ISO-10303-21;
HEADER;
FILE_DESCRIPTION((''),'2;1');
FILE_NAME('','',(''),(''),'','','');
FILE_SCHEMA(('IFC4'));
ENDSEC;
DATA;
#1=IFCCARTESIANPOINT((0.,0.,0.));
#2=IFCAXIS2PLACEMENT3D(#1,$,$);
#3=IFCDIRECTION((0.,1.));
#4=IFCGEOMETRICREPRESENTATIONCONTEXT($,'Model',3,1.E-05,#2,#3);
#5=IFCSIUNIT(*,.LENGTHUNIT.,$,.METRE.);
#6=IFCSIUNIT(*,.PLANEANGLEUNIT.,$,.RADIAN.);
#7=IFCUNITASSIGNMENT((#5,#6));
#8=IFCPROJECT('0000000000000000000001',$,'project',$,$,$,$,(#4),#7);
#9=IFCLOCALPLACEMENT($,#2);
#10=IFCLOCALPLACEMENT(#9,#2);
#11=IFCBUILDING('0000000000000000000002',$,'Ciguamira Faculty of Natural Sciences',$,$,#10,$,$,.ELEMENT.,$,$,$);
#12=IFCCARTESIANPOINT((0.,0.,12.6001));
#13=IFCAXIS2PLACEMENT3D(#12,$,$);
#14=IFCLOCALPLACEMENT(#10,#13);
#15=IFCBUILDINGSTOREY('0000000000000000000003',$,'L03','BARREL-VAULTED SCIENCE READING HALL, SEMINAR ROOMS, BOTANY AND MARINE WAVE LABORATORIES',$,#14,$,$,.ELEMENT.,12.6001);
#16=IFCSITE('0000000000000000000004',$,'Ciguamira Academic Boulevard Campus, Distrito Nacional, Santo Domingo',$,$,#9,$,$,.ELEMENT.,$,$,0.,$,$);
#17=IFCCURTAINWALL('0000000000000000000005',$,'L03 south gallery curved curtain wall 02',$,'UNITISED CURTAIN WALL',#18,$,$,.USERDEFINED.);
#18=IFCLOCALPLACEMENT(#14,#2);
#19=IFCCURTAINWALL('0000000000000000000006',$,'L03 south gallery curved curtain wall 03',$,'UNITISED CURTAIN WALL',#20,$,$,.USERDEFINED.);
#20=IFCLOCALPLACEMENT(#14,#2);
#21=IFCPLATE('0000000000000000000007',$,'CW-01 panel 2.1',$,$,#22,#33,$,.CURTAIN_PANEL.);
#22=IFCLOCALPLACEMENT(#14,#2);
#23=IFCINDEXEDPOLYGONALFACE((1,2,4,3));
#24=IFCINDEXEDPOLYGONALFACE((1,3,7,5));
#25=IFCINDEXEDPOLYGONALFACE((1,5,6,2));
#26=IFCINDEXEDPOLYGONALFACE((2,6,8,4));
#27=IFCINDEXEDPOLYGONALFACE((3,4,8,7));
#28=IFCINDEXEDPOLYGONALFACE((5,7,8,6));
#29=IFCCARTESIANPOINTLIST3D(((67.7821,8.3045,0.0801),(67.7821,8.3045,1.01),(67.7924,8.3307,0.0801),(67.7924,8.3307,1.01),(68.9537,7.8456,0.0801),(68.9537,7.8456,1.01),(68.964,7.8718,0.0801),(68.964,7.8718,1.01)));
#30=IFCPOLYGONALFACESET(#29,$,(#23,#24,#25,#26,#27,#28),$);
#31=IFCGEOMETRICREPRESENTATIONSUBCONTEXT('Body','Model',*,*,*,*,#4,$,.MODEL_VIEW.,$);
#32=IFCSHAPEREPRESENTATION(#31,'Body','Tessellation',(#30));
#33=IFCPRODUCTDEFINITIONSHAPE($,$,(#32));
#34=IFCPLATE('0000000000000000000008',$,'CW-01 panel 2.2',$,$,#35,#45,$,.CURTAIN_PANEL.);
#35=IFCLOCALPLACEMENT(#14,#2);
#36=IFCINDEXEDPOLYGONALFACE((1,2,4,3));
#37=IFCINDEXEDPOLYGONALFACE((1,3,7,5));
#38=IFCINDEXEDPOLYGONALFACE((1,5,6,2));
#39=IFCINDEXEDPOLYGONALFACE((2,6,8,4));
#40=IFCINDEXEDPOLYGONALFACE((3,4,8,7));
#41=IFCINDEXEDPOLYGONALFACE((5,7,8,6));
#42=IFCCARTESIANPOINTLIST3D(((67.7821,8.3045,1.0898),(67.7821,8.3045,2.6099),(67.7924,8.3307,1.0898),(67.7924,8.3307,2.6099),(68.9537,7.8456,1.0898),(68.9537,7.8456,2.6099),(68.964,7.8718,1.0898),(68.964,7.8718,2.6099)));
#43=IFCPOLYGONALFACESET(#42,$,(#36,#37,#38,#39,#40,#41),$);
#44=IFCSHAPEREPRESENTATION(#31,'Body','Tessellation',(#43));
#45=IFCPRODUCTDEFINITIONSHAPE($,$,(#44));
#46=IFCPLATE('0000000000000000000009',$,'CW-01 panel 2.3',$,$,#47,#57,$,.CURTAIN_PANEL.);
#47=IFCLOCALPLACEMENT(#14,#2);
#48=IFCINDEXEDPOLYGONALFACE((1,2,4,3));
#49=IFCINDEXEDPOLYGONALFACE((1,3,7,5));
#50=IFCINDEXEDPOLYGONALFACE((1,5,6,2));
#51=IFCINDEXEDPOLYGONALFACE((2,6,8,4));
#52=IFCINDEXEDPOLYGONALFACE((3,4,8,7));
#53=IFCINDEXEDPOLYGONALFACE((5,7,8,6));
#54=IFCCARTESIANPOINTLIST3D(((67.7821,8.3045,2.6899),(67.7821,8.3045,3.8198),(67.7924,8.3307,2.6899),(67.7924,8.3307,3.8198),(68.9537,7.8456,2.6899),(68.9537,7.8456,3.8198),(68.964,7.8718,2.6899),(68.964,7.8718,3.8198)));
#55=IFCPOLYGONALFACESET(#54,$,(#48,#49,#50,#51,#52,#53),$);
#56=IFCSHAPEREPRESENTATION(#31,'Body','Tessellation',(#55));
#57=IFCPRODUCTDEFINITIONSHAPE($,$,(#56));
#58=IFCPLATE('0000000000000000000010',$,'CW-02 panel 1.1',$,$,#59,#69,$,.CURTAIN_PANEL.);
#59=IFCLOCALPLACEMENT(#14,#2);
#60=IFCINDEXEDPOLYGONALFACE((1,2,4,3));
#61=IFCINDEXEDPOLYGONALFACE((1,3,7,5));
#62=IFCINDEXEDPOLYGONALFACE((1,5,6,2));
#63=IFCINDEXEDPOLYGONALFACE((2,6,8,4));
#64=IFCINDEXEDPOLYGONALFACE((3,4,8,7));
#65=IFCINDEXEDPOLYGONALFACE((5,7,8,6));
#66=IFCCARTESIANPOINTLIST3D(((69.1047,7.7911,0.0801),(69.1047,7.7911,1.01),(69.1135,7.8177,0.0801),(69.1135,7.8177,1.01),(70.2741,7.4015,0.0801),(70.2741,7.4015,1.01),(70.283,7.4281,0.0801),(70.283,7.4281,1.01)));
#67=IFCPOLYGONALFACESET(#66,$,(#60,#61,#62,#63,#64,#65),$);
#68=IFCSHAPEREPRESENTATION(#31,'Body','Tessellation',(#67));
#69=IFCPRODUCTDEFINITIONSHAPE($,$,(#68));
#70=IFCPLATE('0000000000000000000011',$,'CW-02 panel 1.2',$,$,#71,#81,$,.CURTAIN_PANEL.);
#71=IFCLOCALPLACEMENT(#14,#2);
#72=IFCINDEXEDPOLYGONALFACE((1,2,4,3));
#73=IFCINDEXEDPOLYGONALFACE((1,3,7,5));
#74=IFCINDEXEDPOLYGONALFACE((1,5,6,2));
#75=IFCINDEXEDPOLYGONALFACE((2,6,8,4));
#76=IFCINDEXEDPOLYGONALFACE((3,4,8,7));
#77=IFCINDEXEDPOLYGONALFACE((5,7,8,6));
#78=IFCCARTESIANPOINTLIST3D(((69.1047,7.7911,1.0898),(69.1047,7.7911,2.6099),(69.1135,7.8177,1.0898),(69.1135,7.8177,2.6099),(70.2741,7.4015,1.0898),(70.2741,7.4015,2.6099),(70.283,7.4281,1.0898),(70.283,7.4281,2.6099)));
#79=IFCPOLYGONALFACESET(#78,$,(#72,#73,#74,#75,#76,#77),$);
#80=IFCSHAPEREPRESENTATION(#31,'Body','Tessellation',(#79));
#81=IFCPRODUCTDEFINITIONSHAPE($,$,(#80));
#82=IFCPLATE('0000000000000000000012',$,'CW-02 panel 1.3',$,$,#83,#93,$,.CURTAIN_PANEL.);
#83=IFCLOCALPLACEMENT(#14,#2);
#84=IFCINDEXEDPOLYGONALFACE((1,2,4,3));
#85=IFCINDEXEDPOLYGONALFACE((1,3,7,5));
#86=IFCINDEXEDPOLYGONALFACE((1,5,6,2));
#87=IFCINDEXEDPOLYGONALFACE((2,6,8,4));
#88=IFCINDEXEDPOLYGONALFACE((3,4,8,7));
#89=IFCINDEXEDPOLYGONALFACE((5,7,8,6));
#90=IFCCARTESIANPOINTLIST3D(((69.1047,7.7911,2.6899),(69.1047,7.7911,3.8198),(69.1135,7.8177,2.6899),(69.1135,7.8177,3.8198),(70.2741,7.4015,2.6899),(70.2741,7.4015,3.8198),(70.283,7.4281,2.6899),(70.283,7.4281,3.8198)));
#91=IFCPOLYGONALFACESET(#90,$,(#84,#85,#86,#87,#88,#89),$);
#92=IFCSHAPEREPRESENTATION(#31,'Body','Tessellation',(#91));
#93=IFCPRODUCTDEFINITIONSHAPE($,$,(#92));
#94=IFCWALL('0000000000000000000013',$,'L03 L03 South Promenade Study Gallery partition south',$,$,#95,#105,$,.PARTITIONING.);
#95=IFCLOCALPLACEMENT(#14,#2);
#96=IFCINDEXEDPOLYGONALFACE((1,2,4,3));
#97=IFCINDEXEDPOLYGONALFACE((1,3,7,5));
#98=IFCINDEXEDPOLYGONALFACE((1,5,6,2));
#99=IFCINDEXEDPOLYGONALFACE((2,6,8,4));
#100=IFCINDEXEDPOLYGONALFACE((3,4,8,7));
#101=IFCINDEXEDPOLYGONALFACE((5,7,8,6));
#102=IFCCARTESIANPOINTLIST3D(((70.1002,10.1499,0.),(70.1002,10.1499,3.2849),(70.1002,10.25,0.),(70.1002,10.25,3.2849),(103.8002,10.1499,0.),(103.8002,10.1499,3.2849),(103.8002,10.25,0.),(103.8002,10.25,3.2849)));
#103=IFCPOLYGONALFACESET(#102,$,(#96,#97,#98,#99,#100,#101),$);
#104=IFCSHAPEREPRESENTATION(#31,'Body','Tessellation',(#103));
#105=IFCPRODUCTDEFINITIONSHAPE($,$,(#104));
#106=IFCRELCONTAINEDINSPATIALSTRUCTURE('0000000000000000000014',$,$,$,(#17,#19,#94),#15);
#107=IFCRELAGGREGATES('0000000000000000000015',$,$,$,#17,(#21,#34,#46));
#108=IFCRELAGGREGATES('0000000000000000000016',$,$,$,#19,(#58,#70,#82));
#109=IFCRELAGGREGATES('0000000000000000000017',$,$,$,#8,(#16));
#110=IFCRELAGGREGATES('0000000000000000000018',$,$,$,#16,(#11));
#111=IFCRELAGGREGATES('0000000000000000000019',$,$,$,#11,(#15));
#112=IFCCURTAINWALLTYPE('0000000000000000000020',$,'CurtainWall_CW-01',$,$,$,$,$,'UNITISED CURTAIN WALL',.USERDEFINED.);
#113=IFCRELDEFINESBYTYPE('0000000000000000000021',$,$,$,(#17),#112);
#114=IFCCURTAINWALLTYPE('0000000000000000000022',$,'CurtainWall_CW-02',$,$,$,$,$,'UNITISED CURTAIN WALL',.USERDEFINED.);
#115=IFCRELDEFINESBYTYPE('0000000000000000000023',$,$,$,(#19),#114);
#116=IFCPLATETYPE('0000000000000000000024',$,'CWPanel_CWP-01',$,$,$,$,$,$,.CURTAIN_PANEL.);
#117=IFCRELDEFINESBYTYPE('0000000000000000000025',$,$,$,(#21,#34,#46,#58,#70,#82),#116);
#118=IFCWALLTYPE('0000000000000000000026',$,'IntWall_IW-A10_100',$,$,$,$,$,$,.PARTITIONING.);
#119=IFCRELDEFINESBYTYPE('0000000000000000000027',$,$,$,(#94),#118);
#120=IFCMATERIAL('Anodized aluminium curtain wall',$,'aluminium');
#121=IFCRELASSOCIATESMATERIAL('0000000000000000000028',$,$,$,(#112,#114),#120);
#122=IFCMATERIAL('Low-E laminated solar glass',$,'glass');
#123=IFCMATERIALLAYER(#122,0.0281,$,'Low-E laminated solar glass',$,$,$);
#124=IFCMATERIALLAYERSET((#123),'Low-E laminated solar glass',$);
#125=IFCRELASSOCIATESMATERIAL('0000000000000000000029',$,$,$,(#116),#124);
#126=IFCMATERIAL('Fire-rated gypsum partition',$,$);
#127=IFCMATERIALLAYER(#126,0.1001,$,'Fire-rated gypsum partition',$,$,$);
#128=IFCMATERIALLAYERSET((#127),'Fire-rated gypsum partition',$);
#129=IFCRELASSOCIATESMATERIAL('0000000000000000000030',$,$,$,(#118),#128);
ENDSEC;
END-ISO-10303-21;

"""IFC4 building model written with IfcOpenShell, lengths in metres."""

from ifc_helpers import new_model, si_unit, direction, frame, frame_2d, origin, origin_2d, place, context, subcontext, project, spatial, rectangle, extrude, material, layer, layer_set, type_object, element, aggregate, save


model = new_model("IFC4")

# Units and contexts
model_context = context("Model", 3, precision=1e-05, world=origin(), true_north=direction((0.0, 1.0)))
body_context = subcontext(model_context, "Body", "Model", "MODEL_VIEW")
ifc_project = project(units=[si_unit("LENGTHUNIT", "METRE"), si_unit("PLANEANGLEUNIT", "RADIAN")], contexts=[model_context])

# Site, building, storey
site_placement = place(None, origin())
site = spatial("IfcSite", under=ifc_project, at=site_placement, Name="Ciguamira Academic Boulevard Campus, Distrito Nacional, Santo Domingo", CompositionType="ELEMENT", RefElevation=0.0)
building_placement = place(site_placement, origin())
building = spatial("IfcBuilding", under=site, at=building_placement, Name="Ciguamira Faculty of Natural Sciences", CompositionType="ELEMENT")
storey_placement = place(building_placement, frame((0.0, 0.0, 12.6001)))
storey = spatial("IfcBuildingStorey", under=building, at=storey_placement, Name="L03", Description="BARREL-VAULTED SCIENCE READING HALL, SEMINAR ROOMS, BOTANY AND MARINE WAVE LABORATORIES", CompositionType="ELEMENT", Elevation=12.6001)

# Curtain wall
ifc_material_1 = material(Name="Anodized aluminium curtain wall", Category="aluminium")
curtain_wall_type_1 = type_object("IfcCurtainWallType", Name="CurtainWall_CW-01", ElementType="UNITISED CURTAIN WALL", PredefinedType="USERDEFINED", material=ifc_material_1)
curtain_wall_1_placement = place(storey_placement, origin())
curtain_wall_1 = element("IfcCurtainWall", 1, at=curtain_wall_1_placement, inside=storey, type_object=curtain_wall_type_1, Name="L03 south gallery curved curtain wall 02", ObjectType="UNITISED CURTAIN WALL", PredefinedType="USERDEFINED")

# Curtain wall
curtain_wall_type_2 = type_object("IfcCurtainWallType", Name="CurtainWall_CW-02", ElementType="UNITISED CURTAIN WALL", PredefinedType="USERDEFINED", material=ifc_material_1)
curtain_wall_2_placement = place(storey_placement, origin())
curtain_wall_2 = element("IfcCurtainWall", 2, at=curtain_wall_2_placement, inside=storey, type_object=curtain_wall_type_2, Name="L03 south gallery curved curtain wall 03", ObjectType="UNITISED CURTAIN WALL", PredefinedType="USERDEFINED")

# Plates
ifc_material_2 = material(Name="Low-E laminated solar glass", Category="glass")
ifc_layer_1 = layer(ifc_material_2, 0.0281, Name="Low-E laminated solar glass")
ifc_layer_set_1 = layer_set([ifc_layer_1], Name="Low-E laminated solar glass")
plate_type = type_object("IfcPlateType", Name="CWPanel_CWP-01", PredefinedType="CURTAIN_PANEL", material=ifc_layer_set_1)
plate_1_placement = place(storey_placement, frame((68.373, 8.0881, 0.0801), z_axis=(0.0, 0.0, 1.0), x_axis=(0.931122, -0.364707, 0.0)))
plate_1 = element("IfcPlate", 3, at=plate_1_placement, type_object=plate_type, Name="CW-01 panel 2.1", PredefinedType="CURTAIN_PANEL", context=body_context, shape_type="SweptSolid", body=[
    extrude(rectangle(XDim=1.2583, YDim=0.0281, at=origin_2d()), origin(), (0.0, 0.0, 1.0), 0.9299),
])
plate_2_placement = place(storey_placement, frame((68.373, 8.0881, 1.0898), z_axis=(0.0, 0.0, 1.0), x_axis=(0.931122, -0.364707, 0.0)))
plate_2 = element("IfcPlate", 4, at=plate_2_placement, type_object=plate_type, Name="CW-01 panel 2.2", PredefinedType="CURTAIN_PANEL", context=body_context, shape_type="SweptSolid", body=[
    extrude(rectangle(XDim=1.2583, YDim=0.0281, at=origin_2d()), origin(), (0.0, 0.0, 1.0), 1.52),
])
plate_3_placement = place(storey_placement, frame((68.373, 8.0881, 2.6899), z_axis=(0.0, 0.0, 1.0), x_axis=(0.931122, -0.364707, 0.0)))
plate_3 = element("IfcPlate", 5, at=plate_3_placement, type_object=plate_type, Name="CW-01 panel 2.3", PredefinedType="CURTAIN_PANEL", context=body_context, shape_type="SweptSolid", body=[
    extrude(rectangle(XDim=1.2583, YDim=0.0281, at=origin_2d()), origin(), (0.0, 0.0, 1.0), 1.1299),
])
aggregate(curtain_wall_1, [plate_1, plate_2, plate_3])
plate_4_placement = place(storey_placement, frame((69.6938, 7.6096, 0.0801), z_axis=(0.0, 0.0, 1.0), x_axis=(0.948735, -0.316073, 0.0)))
plate_4 = element("IfcPlate", 6, at=plate_4_placement, type_object=plate_type, Name="CW-02 panel 1.1", PredefinedType="CURTAIN_PANEL", context=body_context, shape_type="SweptSolid", body=[
    extrude(rectangle(XDim=1.2327, YDim=0.0281, at=origin_2d()), origin(), (0.0, 0.0, 1.0), 0.9299),
])
plate_5_placement = place(storey_placement, frame((69.6938, 7.6096, 1.0898), z_axis=(0.0, 0.0, 1.0), x_axis=(0.948735, -0.316073, 0.0)))
plate_5 = element("IfcPlate", 7, at=plate_5_placement, type_object=plate_type, Name="CW-02 panel 1.2", PredefinedType="CURTAIN_PANEL", context=body_context, shape_type="SweptSolid", body=[
    extrude(rectangle(XDim=1.2327, YDim=0.0281, at=origin_2d()), origin(), (0.0, 0.0, 1.0), 1.52),
])
plate_6_placement = place(storey_placement, frame((69.6938, 7.6096, 2.6899), z_axis=(0.0, 0.0, 1.0), x_axis=(0.948735, -0.316073, 0.0)))
plate_6 = element("IfcPlate", 8, at=plate_6_placement, type_object=plate_type, Name="CW-02 panel 1.3", PredefinedType="CURTAIN_PANEL", context=body_context, shape_type="SweptSolid", body=[
    extrude(rectangle(XDim=1.2327, YDim=0.0281, at=origin_2d()), origin(), (0.0, 0.0, 1.0), 1.1299),
])
aggregate(curtain_wall_2, [plate_4, plate_5, plate_6])

# Wall
ifc_material_3 = material(Name="Fire-rated gypsum partition")
ifc_layer_2 = layer(ifc_material_3, 0.1001, Name="Fire-rated gypsum partition")
ifc_layer_set_2 = layer_set([ifc_layer_2], Name="Fire-rated gypsum partition")
wall_type = type_object("IfcWallType", Name="IntWall_IW-A10_100", PredefinedType="PARTITIONING", material=ifc_layer_set_2)
wall_placement = place(storey_placement, frame((70.1001, 10.2, 0.0), z_axis=(0.0, 0.0, 1.0), x_axis=(1.0, 0.0, 0.0)))
element("IfcWall", 9, at=wall_placement, inside=storey, type_object=wall_type, Name="L03 L03 South Promenade Study Gallery partition south", PredefinedType="PARTITIONING", context=body_context, shape_type="SweptSolid", body=[
    extrude(rectangle(XDim=33.7, YDim=0.1001, at=frame_2d((16.8501, 0.0))), origin(), (0.0, 0.0, 1.0), 3.2849),
])

save(model, "model.ifc")
